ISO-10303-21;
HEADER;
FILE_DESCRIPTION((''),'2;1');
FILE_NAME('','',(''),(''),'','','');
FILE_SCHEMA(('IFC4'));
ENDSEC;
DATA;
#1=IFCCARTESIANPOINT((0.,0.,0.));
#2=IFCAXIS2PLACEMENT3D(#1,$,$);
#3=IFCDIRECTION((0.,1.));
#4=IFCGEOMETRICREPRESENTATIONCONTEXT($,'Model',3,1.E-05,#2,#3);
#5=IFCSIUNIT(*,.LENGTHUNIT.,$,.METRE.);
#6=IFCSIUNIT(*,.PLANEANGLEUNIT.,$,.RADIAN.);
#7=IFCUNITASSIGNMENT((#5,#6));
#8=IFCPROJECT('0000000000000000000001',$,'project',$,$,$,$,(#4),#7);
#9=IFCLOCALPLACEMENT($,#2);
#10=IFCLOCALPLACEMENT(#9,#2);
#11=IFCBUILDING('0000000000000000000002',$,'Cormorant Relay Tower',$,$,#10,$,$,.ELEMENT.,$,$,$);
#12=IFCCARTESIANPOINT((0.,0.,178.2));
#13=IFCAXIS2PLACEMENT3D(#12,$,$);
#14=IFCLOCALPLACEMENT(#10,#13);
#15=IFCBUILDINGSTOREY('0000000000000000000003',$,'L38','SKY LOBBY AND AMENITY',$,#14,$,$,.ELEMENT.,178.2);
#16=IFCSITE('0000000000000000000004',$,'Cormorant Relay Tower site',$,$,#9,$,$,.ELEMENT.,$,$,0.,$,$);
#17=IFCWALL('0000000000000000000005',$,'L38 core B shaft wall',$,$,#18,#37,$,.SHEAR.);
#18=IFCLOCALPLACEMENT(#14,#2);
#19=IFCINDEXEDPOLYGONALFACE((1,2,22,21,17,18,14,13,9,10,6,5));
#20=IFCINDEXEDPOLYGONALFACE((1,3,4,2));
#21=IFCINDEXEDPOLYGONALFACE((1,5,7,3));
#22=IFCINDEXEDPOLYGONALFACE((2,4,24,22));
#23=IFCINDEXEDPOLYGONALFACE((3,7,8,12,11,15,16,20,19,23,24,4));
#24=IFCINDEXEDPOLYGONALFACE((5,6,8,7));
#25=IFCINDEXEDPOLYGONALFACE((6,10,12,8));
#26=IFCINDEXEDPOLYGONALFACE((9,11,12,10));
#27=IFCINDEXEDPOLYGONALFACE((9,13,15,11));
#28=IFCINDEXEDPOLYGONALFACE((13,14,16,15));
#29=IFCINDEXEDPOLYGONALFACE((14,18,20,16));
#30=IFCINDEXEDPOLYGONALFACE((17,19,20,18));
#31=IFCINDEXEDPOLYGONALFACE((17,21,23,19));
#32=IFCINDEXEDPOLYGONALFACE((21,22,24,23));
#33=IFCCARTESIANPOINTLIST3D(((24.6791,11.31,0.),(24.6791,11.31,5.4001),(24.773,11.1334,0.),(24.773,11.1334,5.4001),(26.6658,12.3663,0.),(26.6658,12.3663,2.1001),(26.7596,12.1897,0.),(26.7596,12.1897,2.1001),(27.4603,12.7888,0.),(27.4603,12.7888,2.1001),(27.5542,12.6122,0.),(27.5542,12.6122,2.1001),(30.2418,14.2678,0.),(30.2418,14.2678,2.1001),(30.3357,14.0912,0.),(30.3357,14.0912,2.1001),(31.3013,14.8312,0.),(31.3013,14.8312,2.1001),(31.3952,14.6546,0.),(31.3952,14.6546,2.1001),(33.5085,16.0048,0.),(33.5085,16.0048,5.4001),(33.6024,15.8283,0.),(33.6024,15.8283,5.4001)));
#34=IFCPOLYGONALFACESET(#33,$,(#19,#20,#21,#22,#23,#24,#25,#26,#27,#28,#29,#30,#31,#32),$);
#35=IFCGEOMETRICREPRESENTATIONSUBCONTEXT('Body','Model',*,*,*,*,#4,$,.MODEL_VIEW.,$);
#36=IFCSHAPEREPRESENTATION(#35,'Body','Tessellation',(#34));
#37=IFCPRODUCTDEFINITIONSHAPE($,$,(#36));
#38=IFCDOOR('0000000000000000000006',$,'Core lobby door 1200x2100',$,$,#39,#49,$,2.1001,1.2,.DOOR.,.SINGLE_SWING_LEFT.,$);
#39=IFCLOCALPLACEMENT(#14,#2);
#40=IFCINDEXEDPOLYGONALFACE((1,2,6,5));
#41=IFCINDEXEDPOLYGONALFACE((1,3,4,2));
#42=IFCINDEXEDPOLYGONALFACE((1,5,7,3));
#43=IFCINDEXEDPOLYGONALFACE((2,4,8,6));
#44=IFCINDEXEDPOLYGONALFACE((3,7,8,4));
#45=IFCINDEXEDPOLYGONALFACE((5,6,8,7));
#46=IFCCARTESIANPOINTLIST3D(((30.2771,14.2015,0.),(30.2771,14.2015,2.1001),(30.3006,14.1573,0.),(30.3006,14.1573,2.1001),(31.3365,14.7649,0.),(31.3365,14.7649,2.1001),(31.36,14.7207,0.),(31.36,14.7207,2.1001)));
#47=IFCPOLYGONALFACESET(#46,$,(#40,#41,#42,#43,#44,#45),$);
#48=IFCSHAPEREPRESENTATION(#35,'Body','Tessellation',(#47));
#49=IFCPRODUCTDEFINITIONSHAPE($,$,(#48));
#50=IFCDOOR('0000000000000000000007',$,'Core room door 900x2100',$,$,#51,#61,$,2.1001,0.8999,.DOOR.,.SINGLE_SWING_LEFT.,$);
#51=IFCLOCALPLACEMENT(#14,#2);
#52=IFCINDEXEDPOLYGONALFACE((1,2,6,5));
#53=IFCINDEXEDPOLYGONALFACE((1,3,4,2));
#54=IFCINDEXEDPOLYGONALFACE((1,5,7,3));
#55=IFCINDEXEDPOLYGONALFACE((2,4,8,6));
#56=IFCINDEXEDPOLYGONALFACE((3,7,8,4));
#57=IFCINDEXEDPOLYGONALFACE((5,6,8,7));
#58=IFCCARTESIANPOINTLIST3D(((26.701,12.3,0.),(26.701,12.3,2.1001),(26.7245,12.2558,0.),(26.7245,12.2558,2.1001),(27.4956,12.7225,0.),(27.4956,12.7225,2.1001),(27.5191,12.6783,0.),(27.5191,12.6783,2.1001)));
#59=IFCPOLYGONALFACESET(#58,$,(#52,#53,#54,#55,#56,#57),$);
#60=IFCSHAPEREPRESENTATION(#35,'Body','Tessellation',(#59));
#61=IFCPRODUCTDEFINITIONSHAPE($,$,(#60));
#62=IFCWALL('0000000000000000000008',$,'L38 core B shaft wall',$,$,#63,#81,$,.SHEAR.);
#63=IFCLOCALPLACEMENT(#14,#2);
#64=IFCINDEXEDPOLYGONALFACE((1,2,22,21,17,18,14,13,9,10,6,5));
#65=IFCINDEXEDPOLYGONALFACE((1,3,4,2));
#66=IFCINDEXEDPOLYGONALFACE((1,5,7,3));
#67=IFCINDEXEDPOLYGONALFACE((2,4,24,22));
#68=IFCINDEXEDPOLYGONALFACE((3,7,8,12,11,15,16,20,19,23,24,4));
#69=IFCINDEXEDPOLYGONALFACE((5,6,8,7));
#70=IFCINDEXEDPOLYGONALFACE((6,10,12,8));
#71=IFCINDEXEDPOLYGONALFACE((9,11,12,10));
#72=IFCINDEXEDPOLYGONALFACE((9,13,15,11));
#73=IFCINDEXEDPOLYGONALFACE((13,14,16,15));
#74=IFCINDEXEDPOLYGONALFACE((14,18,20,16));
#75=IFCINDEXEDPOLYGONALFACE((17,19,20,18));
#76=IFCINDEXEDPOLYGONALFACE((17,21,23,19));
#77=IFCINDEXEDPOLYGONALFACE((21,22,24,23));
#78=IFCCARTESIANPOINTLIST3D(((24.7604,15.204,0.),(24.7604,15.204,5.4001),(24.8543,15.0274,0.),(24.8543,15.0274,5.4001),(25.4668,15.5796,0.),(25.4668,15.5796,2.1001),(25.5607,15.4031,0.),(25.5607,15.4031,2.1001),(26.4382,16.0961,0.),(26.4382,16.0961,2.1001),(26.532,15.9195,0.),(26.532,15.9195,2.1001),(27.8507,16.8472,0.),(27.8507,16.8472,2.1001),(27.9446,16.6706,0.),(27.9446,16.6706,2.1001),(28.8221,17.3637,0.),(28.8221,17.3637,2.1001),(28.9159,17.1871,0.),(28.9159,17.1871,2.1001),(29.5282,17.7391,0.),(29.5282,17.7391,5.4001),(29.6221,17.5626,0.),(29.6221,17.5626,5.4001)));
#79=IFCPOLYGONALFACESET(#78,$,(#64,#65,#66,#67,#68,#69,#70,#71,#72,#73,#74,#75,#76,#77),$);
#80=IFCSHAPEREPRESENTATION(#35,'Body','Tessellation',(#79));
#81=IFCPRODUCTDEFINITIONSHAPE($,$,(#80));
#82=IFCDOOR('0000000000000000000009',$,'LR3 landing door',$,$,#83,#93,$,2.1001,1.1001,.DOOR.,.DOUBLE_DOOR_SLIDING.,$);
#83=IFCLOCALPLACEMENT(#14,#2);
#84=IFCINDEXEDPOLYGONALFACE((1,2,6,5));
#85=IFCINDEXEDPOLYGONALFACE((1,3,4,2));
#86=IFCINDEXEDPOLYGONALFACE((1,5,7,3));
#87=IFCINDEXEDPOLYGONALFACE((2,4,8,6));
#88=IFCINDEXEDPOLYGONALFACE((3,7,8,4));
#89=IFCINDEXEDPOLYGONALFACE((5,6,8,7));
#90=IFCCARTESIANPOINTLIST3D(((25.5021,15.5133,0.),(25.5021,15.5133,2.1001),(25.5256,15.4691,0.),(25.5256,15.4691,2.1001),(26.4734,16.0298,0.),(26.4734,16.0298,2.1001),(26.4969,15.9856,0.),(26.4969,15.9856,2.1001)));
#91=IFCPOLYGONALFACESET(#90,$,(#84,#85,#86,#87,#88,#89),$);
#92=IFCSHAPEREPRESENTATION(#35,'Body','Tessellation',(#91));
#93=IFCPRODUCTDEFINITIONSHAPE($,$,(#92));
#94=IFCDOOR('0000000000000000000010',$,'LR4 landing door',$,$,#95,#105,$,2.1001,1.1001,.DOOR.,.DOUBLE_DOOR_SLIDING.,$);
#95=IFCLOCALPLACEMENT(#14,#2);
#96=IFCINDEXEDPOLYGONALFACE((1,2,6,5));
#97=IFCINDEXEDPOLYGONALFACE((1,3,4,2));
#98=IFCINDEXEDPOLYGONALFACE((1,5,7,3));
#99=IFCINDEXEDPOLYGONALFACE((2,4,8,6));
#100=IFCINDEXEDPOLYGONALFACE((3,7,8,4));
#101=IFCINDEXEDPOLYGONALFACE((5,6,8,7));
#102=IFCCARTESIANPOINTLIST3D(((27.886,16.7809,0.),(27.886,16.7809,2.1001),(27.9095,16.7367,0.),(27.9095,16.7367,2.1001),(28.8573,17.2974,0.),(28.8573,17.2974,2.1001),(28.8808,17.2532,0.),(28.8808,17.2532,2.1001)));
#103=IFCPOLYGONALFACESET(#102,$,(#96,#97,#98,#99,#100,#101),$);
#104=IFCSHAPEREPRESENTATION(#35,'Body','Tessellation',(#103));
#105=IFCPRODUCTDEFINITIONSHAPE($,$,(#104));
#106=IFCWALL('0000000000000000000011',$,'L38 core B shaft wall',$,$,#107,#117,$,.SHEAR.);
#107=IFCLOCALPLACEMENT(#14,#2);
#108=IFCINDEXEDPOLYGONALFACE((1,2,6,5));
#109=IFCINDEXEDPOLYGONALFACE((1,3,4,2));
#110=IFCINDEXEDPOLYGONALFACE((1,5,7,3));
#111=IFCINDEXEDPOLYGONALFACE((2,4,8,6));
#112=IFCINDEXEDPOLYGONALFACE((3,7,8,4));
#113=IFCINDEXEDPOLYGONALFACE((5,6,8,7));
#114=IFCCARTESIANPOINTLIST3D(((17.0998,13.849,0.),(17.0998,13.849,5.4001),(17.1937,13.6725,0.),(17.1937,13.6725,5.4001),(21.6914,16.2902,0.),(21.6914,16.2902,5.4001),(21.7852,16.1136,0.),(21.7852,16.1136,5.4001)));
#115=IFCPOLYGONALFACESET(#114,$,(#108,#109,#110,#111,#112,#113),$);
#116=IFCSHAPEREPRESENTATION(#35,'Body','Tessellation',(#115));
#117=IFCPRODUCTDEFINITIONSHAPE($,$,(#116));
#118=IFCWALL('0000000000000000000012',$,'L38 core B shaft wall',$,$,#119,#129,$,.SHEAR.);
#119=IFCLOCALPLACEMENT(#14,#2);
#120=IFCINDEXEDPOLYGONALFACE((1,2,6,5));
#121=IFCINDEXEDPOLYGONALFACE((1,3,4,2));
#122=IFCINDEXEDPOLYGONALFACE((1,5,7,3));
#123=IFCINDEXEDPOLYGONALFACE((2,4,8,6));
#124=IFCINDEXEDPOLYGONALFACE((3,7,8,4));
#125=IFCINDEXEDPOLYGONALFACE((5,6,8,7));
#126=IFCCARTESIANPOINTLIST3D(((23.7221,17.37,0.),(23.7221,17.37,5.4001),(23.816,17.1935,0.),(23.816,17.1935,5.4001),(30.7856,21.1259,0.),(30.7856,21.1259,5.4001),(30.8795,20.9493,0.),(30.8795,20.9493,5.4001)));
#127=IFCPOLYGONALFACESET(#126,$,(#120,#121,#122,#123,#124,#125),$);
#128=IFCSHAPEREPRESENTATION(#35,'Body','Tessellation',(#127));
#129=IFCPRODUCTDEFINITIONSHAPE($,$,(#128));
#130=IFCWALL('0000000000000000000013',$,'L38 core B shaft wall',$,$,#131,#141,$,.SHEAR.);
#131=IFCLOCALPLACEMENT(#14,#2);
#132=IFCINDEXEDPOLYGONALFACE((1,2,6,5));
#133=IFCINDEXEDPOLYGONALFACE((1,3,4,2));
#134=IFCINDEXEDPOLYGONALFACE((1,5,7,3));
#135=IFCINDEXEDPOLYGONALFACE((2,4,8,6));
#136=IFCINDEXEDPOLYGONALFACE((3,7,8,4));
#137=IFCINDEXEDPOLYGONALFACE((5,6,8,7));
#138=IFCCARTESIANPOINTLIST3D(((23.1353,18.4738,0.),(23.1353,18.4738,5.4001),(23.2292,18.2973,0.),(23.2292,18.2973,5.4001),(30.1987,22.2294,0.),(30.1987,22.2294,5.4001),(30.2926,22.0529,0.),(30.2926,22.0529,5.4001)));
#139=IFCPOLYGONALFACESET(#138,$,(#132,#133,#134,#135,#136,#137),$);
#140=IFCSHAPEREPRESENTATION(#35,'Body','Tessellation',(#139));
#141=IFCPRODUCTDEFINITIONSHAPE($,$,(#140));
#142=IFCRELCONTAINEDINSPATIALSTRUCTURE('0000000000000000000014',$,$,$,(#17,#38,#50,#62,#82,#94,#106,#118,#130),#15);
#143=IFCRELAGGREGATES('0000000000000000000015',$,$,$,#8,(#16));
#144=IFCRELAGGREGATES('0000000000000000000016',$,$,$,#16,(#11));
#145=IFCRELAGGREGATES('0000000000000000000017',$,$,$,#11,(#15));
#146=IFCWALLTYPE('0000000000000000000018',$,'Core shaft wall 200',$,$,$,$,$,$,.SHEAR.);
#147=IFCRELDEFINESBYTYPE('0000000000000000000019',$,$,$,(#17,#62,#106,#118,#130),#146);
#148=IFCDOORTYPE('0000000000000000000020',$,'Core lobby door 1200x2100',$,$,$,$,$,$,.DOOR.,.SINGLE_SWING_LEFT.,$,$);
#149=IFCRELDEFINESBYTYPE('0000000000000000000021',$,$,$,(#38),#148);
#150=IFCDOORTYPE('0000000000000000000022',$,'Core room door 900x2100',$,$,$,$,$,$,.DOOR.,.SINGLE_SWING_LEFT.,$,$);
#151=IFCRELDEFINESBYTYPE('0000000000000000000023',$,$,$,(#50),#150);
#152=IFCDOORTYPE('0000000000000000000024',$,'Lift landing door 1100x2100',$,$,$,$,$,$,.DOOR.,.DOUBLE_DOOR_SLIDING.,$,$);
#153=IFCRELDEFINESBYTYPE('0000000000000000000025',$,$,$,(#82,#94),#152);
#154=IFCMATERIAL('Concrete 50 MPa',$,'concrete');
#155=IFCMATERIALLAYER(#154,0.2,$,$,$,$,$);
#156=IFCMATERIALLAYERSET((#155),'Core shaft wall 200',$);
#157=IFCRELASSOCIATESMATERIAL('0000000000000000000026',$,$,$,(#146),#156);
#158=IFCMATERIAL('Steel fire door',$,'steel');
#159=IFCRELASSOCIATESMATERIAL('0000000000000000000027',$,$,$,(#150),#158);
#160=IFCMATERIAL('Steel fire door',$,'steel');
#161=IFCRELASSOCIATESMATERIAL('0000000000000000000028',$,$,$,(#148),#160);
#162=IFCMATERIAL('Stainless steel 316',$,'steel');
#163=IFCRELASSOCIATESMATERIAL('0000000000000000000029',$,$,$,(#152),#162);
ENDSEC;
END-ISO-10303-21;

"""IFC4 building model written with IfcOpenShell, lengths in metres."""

from ifc_helpers import new_model, si_unit, direction, frame, frame_2d, origin, place, context, subcontext, project, spatial, rectangle, extrude, material, layer, layer_set, type_object, element, fill, save


model = new_model("IFC4")

# Units and contexts
model_context = context("Model", 3, precision=1e-05, world=origin(), true_north=direction((0.0, 1.0)))
body_context = subcontext(model_context, "Body", "Model", "MODEL_VIEW")
ifc_project = project(units=[si_unit("LENGTHUNIT", "METRE"), si_unit("PLANEANGLEUNIT", "RADIAN")], contexts=[model_context])

# Site, building, storey
site_placement = place(None, origin())
site = spatial("IfcSite", under=ifc_project, at=site_placement, Name="Cormorant Relay Tower site", CompositionType="ELEMENT", RefElevation=0.0)
building_placement = place(site_placement, origin())
building = spatial("IfcBuilding", under=site, at=building_placement, Name="Cormorant Relay Tower", CompositionType="ELEMENT")
storey_placement = place(building_placement, frame((0.0, 0.0, 178.2)))
storey = spatial("IfcBuildingStorey", under=building, at=storey_placement, Name="L38", Description="SKY LOBBY AND AMENITY", CompositionType="ELEMENT", Elevation=178.2)

# Shared definitions
ifc_material_1 = material(Name="Concrete 50 MPa", Category="concrete")
ifc_layer_1 = layer(ifc_material_1, 0.2)
ifc_layer_set_1 = layer_set([ifc_layer_1], Name="Core shaft wall 200")
wall_type_1 = type_object("IfcWallType", Name="Core shaft wall 200", PredefinedType="SHEAR", material=ifc_layer_set_1)

# Shared definitions
ifc_material_2 = material(Name="Steel fire door", Category="steel")
door_type_1 = type_object("IfcDoorType", Name="Core room door 900x2100", OperationType="SINGLE_SWING_LEFT", PredefinedType="DOOR", material=ifc_material_2)

# Walls, openings, doors
wall_1_placement = place(storey_placement, frame((24.7261, 11.2217, 0.0), z_axis=(0.0, 0.0, 1.0), x_axis=(0.88294, 0.469485, 0.0)))
wall_1 = element("IfcWall", 1, at=wall_1_placement, inside=storey, type_object=wall_type_1, Name="L38 core B shaft wall", PredefinedType="SHEAR", context=body_context, shape_type="SweptSolid", body=[
    extrude(rectangle(XDim=10.0, YDim=0.2, at=frame_2d((5.0, 0.0))), origin(), (0.0, 0.0, 1.0), 5.4001),
])
opening_1_placement = place(wall_1_placement, frame((6.3, 0.0, 0.0)))
opening_1 = element("IfcOpeningElement", 2, at=opening_1_placement, cuts=wall_1, PredefinedType="OPENING", context=body_context, shape_type="SweptSolid", body=[
    extrude(rectangle(XDim=1.2, YDim=2.1001, at=frame_2d((0.6001, 1.05))), frame((0.0, 0.1099, 0.0), z_axis=(0.0, -1.0, 0.0), x_axis=(1.0, 0.0, 0.0)), (0.0, 0.0, 1.0), 0.22),
])
opening_2_placement = place(wall_1_placement, frame((2.25, 0.0, 0.0)))
opening_2 = element("IfcOpeningElement", 3, at=opening_2_placement, cuts=wall_1, PredefinedType="OPENING", context=body_context, shape_type="SweptSolid", body=[
    extrude(rectangle(XDim=0.8999, YDim=2.1001, at=frame_2d((0.45, 1.05))), frame((0.0, 0.1099, 0.0), z_axis=(0.0, -1.0, 0.0), x_axis=(1.0, 0.0, 0.0)), (0.0, 0.0, 1.0), 0.22),
])
ifc_material_3 = material(Name="Steel fire door", Category="steel")
door_type_2 = type_object("IfcDoorType", Name="Core lobby door 1200x2100", OperationType="SINGLE_SWING_LEFT", PredefinedType="DOOR", material=ifc_material_3)
door_1_placement = place(opening_1_placement, origin())
door_1 = element("IfcDoor", 4, at=door_1_placement, inside=storey, type_object=door_type_2, Name="Core lobby door 1200x2100", OperationType="SINGLE_SWING_LEFT", OverallHeight=2.1001, OverallWidth=1.2, PredefinedType="DOOR", context=body_context, shape_type="SweptSolid", body=[
    extrude(rectangle(XDim=1.2, YDim=2.1001, at=frame_2d((0.6001, 1.05))), frame((0.0, 0.0249, 0.0), z_axis=(0.0, -1.0, 0.0), x_axis=(1.0, 0.0, 0.0)), (0.0, 0.0, 1.0), 0.05),
])
fill(opening_1, door_1)
door_2_placement = place(opening_2_placement, origin())
door_2 = element("IfcDoor", 5, at=door_2_placement, inside=storey, type_object=door_type_1, Name="Core room door 900x2100", OperationType="SINGLE_SWING_LEFT", OverallHeight=2.1001, OverallWidth=0.8999, PredefinedType="DOOR", context=body_context, shape_type="SweptSolid", body=[
    extrude(rectangle(XDim=0.8999, YDim=2.1001, at=frame_2d((0.45, 1.05))), frame((0.0, 0.0249, 0.0), z_axis=(0.0, -1.0, 0.0), x_axis=(1.0, 0.0, 0.0)), (0.0, 0.0, 1.0), 0.05),
])
fill(opening_2, door_2)
wall_2_placement = place(storey_placement, frame((24.8074, 15.1157, 0.0), z_axis=(0.0, 0.0, 1.0), x_axis=(0.882943, 0.46948, 0.0)))
wall_2 = element("IfcWall", 6, at=wall_2_placement, inside=storey, type_object=wall_type_1, Name="L38 core B shaft wall", PredefinedType="SHEAR", context=body_context, shape_type="SweptSolid", body=[
    extrude(rectangle(XDim=5.3999, YDim=0.2, at=frame_2d((2.7, 0.0))), origin(), (0.0, 0.0, 1.0), 5.4001),
])
opening_3_placement = place(wall_2_placement, frame((0.8, 0.0, 0.0)))
opening_3 = element("IfcOpeningElement", 7, at=opening_3_placement, cuts=wall_2, PredefinedType="OPENING", context=body_context, shape_type="SweptSolid", body=[
    extrude(rectangle(XDim=1.1001, YDim=2.1001, at=frame_2d((0.55, 1.05))), frame((0.0, 0.1099, 0.0), z_axis=(0.0, -1.0, 0.0), x_axis=(1.0, 0.0, 0.0)), (0.0, 0.0, 1.0), 0.22),
])
opening_4_placement = place(wall_2_placement, frame((3.5, 0.0, 0.0)))
opening_4 = element("IfcOpeningElement", 8, at=opening_4_placement, cuts=wall_2, PredefinedType="OPENING", context=body_context, shape_type="SweptSolid", body=[
    extrude(rectangle(XDim=1.1001, YDim=2.1001, at=frame_2d((0.55, 1.05))), frame((0.0, 0.1099, 0.0), z_axis=(0.0, -1.0, 0.0), x_axis=(1.0, 0.0, 0.0)), (0.0, 0.0, 1.0), 0.22),
])
ifc_material_4 = material(Name="Stainless steel 316", Category="steel")
door_type_3 = type_object("IfcDoorType", Name="Lift landing door 1100x2100", OperationType="DOUBLE_DOOR_SLIDING", PredefinedType="DOOR", material=ifc_material_4)
door_3_placement = place(opening_3_placement, origin())
door_3 = element("IfcDoor", 9, at=door_3_placement, inside=storey, type_object=door_type_3, Name="LR3 landing door", OperationType="DOUBLE_DOOR_SLIDING", OverallHeight=2.1001, OverallWidth=1.1001, PredefinedType="DOOR", context=body_context, shape_type="SweptSolid", body=[
    extrude(rectangle(XDim=1.1001, YDim=2.1001, at=frame_2d((0.55, 1.05))), frame((0.0, 0.0249, 0.0), z_axis=(0.0, -1.0, 0.0), x_axis=(1.0, 0.0, 0.0)), (0.0, 0.0, 1.0), 0.05),
])
fill(opening_3, door_3)
door_4_placement = place(opening_4_placement, origin())
door_4 = element("IfcDoor", 10, at=door_4_placement, inside=storey, type_object=door_type_3, Name="LR4 landing door", OperationType="DOUBLE_DOOR_SLIDING", OverallHeight=2.1001, OverallWidth=1.1001, PredefinedType="DOOR", context=body_context, shape_type="SweptSolid", body=[
    extrude(rectangle(XDim=1.1001, YDim=2.1001, at=frame_2d((0.55, 1.05))), frame((0.0, 0.0249, 0.0), z_axis=(0.0, -1.0, 0.0), x_axis=(1.0, 0.0, 0.0)), (0.0, 0.0, 1.0), 0.05),
])
fill(opening_4, door_4)

# Walls
wall_3_placement = place(storey_placement, frame((17.1467, 13.7607, 0.0), z_axis=(0.0, 0.0, 1.0), x_axis=(0.882964, 0.46944, 0.0)))
element("IfcWall", 11, at=wall_3_placement, inside=storey, type_object=wall_type_1, Name="L38 core B shaft wall", PredefinedType="SHEAR", context=body_context, shape_type="SweptSolid", body=[
    extrude(rectangle(XDim=5.2002, YDim=0.2, at=frame_2d((2.6001, 0.0))), origin(), (0.0, 0.0, 1.0), 5.4001),
])
wall_4_placement = place(storey_placement, frame((23.769, 17.2817, 0.0), z_axis=(0.0, 0.0, 1.0), x_axis=(0.88294, 0.469485, 0.0)))
element("IfcWall", 12, at=wall_4_placement, inside=storey, type_object=wall_type_1, Name="L38 core B shaft wall", PredefinedType="SHEAR", context=body_context, shape_type="SweptSolid", body=[
    extrude(rectangle(XDim=8.0, YDim=0.2, at=frame_2d((4.0, 0.0))), origin(), (0.0, 0.0, 1.0), 5.4001),
])
wall_5_placement = place(storey_placement, frame((23.1821, 18.3855, 0.0), z_axis=(0.0, 0.0, 1.0), x_axis=(0.882953, 0.469462, 0.0)))
element("IfcWall", 13, at=wall_5_placement, inside=storey, type_object=wall_type_1, Name="L38 core B shaft wall", PredefinedType="SHEAR", context=body_context, shape_type="SweptSolid", body=[
    extrude(rectangle(XDim=7.9998, YDim=0.2, at=frame_2d((4.0, 0.0))), origin(), (0.0, 0.0, 1.0), 5.4001),
])

save(model, "model.ifc")
